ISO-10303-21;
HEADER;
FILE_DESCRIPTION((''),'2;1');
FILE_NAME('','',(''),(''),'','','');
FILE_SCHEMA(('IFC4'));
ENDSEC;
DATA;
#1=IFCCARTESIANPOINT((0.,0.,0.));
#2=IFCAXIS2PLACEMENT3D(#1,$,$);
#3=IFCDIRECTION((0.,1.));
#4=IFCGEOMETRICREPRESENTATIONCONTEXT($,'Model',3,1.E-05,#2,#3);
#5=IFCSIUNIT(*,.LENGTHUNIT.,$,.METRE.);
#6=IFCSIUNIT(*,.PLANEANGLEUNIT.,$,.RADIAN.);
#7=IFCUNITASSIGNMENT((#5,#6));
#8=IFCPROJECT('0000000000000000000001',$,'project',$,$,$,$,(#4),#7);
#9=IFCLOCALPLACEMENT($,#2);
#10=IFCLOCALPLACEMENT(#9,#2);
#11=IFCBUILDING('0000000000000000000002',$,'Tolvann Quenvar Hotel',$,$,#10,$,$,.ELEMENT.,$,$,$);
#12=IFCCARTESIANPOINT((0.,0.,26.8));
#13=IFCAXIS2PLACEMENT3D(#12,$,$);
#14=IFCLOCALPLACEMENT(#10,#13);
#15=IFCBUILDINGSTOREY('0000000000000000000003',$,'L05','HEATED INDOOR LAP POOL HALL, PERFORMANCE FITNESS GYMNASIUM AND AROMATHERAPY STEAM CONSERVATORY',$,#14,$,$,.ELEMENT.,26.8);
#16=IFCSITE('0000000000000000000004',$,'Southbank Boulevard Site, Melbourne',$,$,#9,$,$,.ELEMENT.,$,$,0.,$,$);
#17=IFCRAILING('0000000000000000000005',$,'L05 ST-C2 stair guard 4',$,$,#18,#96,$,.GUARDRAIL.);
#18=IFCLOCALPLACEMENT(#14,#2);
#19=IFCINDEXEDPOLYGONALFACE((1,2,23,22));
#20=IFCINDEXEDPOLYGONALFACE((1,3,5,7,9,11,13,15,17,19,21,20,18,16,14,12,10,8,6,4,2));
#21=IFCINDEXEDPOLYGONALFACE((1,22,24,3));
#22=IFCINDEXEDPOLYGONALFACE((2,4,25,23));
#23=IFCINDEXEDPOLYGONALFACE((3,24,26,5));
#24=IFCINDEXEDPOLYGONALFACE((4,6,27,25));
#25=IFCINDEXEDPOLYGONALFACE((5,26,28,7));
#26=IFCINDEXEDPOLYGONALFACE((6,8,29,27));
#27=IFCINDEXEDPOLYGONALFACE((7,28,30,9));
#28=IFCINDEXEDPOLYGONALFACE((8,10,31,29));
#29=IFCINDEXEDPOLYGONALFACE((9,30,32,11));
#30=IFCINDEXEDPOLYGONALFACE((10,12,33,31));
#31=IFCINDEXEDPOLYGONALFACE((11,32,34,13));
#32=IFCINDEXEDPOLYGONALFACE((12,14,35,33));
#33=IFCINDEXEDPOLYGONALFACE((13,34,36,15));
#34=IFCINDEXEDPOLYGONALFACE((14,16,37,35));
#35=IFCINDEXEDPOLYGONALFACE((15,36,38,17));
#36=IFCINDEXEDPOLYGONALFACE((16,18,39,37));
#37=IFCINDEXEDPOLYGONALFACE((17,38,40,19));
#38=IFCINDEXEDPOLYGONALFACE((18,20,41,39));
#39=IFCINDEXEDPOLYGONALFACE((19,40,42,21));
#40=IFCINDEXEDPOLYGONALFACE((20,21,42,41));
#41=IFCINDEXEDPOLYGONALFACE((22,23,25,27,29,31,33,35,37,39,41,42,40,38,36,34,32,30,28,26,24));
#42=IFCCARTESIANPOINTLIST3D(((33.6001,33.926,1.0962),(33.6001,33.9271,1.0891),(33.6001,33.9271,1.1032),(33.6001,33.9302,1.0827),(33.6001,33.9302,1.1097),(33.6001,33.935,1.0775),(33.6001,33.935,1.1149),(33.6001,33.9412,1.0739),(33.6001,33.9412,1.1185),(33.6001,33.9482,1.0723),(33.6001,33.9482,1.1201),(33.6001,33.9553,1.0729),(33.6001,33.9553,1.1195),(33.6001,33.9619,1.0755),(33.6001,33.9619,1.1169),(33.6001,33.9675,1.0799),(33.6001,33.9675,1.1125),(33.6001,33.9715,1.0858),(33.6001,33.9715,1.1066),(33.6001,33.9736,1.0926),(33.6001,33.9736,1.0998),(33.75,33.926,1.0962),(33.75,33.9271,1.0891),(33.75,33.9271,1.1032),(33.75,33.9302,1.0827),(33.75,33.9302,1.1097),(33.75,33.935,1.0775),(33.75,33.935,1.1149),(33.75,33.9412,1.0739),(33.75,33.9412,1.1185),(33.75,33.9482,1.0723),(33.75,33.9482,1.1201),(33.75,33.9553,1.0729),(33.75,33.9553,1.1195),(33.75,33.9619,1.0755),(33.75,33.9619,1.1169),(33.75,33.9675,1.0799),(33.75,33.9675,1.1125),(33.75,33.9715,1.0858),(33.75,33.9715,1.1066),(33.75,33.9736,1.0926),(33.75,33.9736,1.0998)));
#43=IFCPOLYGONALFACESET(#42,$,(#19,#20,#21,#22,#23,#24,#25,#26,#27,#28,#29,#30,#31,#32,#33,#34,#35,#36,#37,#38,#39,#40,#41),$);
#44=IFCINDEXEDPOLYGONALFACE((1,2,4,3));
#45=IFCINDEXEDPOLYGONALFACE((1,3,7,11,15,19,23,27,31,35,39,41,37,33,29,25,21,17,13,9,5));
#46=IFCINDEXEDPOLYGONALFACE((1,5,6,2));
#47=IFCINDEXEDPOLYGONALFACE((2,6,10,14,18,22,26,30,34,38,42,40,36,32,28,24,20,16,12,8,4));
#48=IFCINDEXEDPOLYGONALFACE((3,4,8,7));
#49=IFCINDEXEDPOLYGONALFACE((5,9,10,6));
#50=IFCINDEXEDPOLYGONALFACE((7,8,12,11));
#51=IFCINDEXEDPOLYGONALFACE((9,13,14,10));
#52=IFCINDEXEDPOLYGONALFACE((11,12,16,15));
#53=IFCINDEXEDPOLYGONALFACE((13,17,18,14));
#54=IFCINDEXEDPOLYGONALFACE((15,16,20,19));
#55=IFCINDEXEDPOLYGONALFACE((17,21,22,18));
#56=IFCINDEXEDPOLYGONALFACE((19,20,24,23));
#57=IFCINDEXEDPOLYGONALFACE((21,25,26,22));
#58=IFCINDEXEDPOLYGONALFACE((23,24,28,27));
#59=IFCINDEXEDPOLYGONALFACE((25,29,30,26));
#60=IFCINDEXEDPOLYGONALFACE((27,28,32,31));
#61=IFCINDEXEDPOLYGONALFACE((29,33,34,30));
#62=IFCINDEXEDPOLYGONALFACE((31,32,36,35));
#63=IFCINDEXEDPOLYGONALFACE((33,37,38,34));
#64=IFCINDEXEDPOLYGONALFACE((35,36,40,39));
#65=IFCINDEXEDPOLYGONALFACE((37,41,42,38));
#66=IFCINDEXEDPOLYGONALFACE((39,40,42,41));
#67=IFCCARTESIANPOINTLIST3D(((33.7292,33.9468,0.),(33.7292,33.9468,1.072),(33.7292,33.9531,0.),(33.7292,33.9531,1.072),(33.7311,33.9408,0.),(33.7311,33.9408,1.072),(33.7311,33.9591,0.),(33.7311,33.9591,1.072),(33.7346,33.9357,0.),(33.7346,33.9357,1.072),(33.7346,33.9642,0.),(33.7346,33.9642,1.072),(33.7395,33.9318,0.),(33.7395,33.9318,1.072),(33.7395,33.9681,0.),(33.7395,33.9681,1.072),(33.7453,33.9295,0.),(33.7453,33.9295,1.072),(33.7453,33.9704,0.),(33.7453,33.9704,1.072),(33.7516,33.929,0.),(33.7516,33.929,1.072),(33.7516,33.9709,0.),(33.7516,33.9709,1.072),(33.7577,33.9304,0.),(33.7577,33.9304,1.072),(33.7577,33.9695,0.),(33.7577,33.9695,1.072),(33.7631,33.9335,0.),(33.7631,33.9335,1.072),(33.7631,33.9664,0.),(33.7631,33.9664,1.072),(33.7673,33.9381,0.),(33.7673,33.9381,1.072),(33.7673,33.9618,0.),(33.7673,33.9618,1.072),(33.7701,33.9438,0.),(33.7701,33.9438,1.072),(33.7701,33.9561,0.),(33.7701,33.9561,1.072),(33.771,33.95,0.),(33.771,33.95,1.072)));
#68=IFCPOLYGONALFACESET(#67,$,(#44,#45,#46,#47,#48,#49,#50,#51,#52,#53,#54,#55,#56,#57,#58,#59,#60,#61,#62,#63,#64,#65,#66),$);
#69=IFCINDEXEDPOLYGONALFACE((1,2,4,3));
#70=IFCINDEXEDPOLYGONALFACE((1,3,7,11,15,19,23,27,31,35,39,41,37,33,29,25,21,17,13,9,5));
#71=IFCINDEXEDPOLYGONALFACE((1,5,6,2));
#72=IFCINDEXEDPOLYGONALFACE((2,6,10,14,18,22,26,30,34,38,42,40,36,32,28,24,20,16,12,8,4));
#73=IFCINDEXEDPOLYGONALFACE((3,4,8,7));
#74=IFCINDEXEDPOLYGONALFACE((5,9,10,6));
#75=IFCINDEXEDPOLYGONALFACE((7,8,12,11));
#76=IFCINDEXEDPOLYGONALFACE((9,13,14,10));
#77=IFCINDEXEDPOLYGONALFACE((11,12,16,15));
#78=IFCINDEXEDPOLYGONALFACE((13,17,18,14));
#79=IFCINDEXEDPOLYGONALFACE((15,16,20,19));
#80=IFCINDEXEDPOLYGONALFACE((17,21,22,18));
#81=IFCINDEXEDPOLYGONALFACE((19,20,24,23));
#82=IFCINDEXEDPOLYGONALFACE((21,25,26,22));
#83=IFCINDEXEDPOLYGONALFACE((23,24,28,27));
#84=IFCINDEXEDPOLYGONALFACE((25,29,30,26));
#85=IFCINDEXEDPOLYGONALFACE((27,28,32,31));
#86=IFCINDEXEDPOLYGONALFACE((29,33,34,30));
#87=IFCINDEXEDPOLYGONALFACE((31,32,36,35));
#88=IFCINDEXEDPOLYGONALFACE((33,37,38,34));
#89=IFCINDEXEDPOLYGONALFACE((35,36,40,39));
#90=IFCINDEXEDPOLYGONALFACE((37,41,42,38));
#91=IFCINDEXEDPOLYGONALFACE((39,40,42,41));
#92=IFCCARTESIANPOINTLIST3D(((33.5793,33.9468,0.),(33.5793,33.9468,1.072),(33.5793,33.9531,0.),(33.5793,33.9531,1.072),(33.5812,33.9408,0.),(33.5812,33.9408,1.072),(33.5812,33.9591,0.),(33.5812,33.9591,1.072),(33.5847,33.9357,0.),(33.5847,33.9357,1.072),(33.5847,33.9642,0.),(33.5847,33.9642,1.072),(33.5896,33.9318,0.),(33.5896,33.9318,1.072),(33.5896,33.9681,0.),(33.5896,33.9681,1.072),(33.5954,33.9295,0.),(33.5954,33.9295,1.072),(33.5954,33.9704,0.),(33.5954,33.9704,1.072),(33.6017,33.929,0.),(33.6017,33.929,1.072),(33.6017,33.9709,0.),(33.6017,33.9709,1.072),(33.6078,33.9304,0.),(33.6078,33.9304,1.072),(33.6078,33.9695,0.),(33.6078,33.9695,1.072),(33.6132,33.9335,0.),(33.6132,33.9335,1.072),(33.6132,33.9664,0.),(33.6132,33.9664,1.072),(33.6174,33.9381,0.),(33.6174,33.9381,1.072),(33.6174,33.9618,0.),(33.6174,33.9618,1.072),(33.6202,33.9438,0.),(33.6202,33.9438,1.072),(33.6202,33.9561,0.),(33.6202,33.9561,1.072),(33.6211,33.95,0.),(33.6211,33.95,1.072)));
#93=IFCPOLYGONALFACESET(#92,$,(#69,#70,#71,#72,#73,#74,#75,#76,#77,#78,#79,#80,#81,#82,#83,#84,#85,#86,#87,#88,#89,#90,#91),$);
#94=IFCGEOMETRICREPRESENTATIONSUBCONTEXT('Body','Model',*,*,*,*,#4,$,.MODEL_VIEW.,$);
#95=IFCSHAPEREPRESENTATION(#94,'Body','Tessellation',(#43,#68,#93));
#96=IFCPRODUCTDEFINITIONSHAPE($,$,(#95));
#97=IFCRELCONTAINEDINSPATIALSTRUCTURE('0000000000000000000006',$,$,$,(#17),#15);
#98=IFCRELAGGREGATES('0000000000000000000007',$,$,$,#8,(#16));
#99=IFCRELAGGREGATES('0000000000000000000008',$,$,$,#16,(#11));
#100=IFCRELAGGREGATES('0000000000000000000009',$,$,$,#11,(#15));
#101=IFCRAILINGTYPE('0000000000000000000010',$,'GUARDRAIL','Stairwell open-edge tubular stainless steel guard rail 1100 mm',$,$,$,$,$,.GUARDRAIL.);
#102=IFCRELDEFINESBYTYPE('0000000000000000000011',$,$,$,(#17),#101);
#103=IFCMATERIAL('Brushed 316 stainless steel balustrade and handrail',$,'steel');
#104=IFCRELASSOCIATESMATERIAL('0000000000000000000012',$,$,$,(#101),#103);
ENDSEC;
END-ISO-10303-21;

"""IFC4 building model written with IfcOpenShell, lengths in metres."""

from ifc_helpers import new_model, si_unit, direction, frame, origin, origin_2d, place, context, subcontext, project, spatial, circle, extrude, material, type_object, element, save


model = new_model("IFC4")

# Units and contexts
model_context = context("Model", 3, precision=1e-05, world=origin(), true_north=direction((0.0, 1.0)))
body_context = subcontext(model_context, "Body", "Model", "MODEL_VIEW")
ifc_project = project(units=[si_unit("LENGTHUNIT", "METRE"), si_unit("PLANEANGLEUNIT", "RADIAN")], contexts=[model_context])

# Site, building, storey
site_placement = place(None, origin())
site = spatial("IfcSite", under=ifc_project, at=site_placement, Name="Southbank Boulevard Site, Melbourne", CompositionType="ELEMENT", RefElevation=0.0)
building_placement = place(site_placement, origin())
building = spatial("IfcBuilding", under=site, at=building_placement, Name="Tolvann Quenvar Hotel", CompositionType="ELEMENT")
storey_placement = place(building_placement, frame((0.0, 0.0, 26.8)))
storey = spatial("IfcBuildingStorey", under=building, at=storey_placement, Name="L05", Description="HEATED INDOOR LAP POOL HALL, PERFORMANCE FITNESS GYMNASIUM AND AROMATHERAPY STEAM CONSERVATORY", CompositionType="ELEMENT", Elevation=26.8)

# Railing
ifc_material_1 = material(Name="Brushed 316 stainless steel balustrade and handrail", Category="steel")
railing_type = type_object("IfcRailingType", Name="GUARDRAIL", Description="Stairwell open-edge tubular stainless steel guard rail 1100 mm", PredefinedType="GUARDRAIL", material=ifc_material_1)
railing_1_placement = place(storey_placement, frame((33.75, 33.95, 0.0)))
element("IfcRailing", 1, at=railing_1_placement, inside=storey, type_object=railing_type, Name="L05 ST-C2 stair guard 4", PredefinedType="GUARDRAIL", context=body_context, shape_type="SweptSolid", body=[
    extrude(circle(Radius=0.0239, at=origin_2d()), frame((0.0, 0.0, 1.0962), z_axis=(-1.0, 0.0, 0.0), x_axis=(0.0, -1.0, 0.0)), (0.0, 0.0, 1.0), 0.1499),
    extrude(circle(Radius=0.021, at=origin_2d()), origin(), (0.0, 0.0, 1.0), 1.072),
    extrude(circle(Radius=0.021, at=origin_2d()), frame((-0.1499, 0.0, 0.0)), (0.0, 0.0, 1.0), 1.072),
])

save(model, "model.ifc")
